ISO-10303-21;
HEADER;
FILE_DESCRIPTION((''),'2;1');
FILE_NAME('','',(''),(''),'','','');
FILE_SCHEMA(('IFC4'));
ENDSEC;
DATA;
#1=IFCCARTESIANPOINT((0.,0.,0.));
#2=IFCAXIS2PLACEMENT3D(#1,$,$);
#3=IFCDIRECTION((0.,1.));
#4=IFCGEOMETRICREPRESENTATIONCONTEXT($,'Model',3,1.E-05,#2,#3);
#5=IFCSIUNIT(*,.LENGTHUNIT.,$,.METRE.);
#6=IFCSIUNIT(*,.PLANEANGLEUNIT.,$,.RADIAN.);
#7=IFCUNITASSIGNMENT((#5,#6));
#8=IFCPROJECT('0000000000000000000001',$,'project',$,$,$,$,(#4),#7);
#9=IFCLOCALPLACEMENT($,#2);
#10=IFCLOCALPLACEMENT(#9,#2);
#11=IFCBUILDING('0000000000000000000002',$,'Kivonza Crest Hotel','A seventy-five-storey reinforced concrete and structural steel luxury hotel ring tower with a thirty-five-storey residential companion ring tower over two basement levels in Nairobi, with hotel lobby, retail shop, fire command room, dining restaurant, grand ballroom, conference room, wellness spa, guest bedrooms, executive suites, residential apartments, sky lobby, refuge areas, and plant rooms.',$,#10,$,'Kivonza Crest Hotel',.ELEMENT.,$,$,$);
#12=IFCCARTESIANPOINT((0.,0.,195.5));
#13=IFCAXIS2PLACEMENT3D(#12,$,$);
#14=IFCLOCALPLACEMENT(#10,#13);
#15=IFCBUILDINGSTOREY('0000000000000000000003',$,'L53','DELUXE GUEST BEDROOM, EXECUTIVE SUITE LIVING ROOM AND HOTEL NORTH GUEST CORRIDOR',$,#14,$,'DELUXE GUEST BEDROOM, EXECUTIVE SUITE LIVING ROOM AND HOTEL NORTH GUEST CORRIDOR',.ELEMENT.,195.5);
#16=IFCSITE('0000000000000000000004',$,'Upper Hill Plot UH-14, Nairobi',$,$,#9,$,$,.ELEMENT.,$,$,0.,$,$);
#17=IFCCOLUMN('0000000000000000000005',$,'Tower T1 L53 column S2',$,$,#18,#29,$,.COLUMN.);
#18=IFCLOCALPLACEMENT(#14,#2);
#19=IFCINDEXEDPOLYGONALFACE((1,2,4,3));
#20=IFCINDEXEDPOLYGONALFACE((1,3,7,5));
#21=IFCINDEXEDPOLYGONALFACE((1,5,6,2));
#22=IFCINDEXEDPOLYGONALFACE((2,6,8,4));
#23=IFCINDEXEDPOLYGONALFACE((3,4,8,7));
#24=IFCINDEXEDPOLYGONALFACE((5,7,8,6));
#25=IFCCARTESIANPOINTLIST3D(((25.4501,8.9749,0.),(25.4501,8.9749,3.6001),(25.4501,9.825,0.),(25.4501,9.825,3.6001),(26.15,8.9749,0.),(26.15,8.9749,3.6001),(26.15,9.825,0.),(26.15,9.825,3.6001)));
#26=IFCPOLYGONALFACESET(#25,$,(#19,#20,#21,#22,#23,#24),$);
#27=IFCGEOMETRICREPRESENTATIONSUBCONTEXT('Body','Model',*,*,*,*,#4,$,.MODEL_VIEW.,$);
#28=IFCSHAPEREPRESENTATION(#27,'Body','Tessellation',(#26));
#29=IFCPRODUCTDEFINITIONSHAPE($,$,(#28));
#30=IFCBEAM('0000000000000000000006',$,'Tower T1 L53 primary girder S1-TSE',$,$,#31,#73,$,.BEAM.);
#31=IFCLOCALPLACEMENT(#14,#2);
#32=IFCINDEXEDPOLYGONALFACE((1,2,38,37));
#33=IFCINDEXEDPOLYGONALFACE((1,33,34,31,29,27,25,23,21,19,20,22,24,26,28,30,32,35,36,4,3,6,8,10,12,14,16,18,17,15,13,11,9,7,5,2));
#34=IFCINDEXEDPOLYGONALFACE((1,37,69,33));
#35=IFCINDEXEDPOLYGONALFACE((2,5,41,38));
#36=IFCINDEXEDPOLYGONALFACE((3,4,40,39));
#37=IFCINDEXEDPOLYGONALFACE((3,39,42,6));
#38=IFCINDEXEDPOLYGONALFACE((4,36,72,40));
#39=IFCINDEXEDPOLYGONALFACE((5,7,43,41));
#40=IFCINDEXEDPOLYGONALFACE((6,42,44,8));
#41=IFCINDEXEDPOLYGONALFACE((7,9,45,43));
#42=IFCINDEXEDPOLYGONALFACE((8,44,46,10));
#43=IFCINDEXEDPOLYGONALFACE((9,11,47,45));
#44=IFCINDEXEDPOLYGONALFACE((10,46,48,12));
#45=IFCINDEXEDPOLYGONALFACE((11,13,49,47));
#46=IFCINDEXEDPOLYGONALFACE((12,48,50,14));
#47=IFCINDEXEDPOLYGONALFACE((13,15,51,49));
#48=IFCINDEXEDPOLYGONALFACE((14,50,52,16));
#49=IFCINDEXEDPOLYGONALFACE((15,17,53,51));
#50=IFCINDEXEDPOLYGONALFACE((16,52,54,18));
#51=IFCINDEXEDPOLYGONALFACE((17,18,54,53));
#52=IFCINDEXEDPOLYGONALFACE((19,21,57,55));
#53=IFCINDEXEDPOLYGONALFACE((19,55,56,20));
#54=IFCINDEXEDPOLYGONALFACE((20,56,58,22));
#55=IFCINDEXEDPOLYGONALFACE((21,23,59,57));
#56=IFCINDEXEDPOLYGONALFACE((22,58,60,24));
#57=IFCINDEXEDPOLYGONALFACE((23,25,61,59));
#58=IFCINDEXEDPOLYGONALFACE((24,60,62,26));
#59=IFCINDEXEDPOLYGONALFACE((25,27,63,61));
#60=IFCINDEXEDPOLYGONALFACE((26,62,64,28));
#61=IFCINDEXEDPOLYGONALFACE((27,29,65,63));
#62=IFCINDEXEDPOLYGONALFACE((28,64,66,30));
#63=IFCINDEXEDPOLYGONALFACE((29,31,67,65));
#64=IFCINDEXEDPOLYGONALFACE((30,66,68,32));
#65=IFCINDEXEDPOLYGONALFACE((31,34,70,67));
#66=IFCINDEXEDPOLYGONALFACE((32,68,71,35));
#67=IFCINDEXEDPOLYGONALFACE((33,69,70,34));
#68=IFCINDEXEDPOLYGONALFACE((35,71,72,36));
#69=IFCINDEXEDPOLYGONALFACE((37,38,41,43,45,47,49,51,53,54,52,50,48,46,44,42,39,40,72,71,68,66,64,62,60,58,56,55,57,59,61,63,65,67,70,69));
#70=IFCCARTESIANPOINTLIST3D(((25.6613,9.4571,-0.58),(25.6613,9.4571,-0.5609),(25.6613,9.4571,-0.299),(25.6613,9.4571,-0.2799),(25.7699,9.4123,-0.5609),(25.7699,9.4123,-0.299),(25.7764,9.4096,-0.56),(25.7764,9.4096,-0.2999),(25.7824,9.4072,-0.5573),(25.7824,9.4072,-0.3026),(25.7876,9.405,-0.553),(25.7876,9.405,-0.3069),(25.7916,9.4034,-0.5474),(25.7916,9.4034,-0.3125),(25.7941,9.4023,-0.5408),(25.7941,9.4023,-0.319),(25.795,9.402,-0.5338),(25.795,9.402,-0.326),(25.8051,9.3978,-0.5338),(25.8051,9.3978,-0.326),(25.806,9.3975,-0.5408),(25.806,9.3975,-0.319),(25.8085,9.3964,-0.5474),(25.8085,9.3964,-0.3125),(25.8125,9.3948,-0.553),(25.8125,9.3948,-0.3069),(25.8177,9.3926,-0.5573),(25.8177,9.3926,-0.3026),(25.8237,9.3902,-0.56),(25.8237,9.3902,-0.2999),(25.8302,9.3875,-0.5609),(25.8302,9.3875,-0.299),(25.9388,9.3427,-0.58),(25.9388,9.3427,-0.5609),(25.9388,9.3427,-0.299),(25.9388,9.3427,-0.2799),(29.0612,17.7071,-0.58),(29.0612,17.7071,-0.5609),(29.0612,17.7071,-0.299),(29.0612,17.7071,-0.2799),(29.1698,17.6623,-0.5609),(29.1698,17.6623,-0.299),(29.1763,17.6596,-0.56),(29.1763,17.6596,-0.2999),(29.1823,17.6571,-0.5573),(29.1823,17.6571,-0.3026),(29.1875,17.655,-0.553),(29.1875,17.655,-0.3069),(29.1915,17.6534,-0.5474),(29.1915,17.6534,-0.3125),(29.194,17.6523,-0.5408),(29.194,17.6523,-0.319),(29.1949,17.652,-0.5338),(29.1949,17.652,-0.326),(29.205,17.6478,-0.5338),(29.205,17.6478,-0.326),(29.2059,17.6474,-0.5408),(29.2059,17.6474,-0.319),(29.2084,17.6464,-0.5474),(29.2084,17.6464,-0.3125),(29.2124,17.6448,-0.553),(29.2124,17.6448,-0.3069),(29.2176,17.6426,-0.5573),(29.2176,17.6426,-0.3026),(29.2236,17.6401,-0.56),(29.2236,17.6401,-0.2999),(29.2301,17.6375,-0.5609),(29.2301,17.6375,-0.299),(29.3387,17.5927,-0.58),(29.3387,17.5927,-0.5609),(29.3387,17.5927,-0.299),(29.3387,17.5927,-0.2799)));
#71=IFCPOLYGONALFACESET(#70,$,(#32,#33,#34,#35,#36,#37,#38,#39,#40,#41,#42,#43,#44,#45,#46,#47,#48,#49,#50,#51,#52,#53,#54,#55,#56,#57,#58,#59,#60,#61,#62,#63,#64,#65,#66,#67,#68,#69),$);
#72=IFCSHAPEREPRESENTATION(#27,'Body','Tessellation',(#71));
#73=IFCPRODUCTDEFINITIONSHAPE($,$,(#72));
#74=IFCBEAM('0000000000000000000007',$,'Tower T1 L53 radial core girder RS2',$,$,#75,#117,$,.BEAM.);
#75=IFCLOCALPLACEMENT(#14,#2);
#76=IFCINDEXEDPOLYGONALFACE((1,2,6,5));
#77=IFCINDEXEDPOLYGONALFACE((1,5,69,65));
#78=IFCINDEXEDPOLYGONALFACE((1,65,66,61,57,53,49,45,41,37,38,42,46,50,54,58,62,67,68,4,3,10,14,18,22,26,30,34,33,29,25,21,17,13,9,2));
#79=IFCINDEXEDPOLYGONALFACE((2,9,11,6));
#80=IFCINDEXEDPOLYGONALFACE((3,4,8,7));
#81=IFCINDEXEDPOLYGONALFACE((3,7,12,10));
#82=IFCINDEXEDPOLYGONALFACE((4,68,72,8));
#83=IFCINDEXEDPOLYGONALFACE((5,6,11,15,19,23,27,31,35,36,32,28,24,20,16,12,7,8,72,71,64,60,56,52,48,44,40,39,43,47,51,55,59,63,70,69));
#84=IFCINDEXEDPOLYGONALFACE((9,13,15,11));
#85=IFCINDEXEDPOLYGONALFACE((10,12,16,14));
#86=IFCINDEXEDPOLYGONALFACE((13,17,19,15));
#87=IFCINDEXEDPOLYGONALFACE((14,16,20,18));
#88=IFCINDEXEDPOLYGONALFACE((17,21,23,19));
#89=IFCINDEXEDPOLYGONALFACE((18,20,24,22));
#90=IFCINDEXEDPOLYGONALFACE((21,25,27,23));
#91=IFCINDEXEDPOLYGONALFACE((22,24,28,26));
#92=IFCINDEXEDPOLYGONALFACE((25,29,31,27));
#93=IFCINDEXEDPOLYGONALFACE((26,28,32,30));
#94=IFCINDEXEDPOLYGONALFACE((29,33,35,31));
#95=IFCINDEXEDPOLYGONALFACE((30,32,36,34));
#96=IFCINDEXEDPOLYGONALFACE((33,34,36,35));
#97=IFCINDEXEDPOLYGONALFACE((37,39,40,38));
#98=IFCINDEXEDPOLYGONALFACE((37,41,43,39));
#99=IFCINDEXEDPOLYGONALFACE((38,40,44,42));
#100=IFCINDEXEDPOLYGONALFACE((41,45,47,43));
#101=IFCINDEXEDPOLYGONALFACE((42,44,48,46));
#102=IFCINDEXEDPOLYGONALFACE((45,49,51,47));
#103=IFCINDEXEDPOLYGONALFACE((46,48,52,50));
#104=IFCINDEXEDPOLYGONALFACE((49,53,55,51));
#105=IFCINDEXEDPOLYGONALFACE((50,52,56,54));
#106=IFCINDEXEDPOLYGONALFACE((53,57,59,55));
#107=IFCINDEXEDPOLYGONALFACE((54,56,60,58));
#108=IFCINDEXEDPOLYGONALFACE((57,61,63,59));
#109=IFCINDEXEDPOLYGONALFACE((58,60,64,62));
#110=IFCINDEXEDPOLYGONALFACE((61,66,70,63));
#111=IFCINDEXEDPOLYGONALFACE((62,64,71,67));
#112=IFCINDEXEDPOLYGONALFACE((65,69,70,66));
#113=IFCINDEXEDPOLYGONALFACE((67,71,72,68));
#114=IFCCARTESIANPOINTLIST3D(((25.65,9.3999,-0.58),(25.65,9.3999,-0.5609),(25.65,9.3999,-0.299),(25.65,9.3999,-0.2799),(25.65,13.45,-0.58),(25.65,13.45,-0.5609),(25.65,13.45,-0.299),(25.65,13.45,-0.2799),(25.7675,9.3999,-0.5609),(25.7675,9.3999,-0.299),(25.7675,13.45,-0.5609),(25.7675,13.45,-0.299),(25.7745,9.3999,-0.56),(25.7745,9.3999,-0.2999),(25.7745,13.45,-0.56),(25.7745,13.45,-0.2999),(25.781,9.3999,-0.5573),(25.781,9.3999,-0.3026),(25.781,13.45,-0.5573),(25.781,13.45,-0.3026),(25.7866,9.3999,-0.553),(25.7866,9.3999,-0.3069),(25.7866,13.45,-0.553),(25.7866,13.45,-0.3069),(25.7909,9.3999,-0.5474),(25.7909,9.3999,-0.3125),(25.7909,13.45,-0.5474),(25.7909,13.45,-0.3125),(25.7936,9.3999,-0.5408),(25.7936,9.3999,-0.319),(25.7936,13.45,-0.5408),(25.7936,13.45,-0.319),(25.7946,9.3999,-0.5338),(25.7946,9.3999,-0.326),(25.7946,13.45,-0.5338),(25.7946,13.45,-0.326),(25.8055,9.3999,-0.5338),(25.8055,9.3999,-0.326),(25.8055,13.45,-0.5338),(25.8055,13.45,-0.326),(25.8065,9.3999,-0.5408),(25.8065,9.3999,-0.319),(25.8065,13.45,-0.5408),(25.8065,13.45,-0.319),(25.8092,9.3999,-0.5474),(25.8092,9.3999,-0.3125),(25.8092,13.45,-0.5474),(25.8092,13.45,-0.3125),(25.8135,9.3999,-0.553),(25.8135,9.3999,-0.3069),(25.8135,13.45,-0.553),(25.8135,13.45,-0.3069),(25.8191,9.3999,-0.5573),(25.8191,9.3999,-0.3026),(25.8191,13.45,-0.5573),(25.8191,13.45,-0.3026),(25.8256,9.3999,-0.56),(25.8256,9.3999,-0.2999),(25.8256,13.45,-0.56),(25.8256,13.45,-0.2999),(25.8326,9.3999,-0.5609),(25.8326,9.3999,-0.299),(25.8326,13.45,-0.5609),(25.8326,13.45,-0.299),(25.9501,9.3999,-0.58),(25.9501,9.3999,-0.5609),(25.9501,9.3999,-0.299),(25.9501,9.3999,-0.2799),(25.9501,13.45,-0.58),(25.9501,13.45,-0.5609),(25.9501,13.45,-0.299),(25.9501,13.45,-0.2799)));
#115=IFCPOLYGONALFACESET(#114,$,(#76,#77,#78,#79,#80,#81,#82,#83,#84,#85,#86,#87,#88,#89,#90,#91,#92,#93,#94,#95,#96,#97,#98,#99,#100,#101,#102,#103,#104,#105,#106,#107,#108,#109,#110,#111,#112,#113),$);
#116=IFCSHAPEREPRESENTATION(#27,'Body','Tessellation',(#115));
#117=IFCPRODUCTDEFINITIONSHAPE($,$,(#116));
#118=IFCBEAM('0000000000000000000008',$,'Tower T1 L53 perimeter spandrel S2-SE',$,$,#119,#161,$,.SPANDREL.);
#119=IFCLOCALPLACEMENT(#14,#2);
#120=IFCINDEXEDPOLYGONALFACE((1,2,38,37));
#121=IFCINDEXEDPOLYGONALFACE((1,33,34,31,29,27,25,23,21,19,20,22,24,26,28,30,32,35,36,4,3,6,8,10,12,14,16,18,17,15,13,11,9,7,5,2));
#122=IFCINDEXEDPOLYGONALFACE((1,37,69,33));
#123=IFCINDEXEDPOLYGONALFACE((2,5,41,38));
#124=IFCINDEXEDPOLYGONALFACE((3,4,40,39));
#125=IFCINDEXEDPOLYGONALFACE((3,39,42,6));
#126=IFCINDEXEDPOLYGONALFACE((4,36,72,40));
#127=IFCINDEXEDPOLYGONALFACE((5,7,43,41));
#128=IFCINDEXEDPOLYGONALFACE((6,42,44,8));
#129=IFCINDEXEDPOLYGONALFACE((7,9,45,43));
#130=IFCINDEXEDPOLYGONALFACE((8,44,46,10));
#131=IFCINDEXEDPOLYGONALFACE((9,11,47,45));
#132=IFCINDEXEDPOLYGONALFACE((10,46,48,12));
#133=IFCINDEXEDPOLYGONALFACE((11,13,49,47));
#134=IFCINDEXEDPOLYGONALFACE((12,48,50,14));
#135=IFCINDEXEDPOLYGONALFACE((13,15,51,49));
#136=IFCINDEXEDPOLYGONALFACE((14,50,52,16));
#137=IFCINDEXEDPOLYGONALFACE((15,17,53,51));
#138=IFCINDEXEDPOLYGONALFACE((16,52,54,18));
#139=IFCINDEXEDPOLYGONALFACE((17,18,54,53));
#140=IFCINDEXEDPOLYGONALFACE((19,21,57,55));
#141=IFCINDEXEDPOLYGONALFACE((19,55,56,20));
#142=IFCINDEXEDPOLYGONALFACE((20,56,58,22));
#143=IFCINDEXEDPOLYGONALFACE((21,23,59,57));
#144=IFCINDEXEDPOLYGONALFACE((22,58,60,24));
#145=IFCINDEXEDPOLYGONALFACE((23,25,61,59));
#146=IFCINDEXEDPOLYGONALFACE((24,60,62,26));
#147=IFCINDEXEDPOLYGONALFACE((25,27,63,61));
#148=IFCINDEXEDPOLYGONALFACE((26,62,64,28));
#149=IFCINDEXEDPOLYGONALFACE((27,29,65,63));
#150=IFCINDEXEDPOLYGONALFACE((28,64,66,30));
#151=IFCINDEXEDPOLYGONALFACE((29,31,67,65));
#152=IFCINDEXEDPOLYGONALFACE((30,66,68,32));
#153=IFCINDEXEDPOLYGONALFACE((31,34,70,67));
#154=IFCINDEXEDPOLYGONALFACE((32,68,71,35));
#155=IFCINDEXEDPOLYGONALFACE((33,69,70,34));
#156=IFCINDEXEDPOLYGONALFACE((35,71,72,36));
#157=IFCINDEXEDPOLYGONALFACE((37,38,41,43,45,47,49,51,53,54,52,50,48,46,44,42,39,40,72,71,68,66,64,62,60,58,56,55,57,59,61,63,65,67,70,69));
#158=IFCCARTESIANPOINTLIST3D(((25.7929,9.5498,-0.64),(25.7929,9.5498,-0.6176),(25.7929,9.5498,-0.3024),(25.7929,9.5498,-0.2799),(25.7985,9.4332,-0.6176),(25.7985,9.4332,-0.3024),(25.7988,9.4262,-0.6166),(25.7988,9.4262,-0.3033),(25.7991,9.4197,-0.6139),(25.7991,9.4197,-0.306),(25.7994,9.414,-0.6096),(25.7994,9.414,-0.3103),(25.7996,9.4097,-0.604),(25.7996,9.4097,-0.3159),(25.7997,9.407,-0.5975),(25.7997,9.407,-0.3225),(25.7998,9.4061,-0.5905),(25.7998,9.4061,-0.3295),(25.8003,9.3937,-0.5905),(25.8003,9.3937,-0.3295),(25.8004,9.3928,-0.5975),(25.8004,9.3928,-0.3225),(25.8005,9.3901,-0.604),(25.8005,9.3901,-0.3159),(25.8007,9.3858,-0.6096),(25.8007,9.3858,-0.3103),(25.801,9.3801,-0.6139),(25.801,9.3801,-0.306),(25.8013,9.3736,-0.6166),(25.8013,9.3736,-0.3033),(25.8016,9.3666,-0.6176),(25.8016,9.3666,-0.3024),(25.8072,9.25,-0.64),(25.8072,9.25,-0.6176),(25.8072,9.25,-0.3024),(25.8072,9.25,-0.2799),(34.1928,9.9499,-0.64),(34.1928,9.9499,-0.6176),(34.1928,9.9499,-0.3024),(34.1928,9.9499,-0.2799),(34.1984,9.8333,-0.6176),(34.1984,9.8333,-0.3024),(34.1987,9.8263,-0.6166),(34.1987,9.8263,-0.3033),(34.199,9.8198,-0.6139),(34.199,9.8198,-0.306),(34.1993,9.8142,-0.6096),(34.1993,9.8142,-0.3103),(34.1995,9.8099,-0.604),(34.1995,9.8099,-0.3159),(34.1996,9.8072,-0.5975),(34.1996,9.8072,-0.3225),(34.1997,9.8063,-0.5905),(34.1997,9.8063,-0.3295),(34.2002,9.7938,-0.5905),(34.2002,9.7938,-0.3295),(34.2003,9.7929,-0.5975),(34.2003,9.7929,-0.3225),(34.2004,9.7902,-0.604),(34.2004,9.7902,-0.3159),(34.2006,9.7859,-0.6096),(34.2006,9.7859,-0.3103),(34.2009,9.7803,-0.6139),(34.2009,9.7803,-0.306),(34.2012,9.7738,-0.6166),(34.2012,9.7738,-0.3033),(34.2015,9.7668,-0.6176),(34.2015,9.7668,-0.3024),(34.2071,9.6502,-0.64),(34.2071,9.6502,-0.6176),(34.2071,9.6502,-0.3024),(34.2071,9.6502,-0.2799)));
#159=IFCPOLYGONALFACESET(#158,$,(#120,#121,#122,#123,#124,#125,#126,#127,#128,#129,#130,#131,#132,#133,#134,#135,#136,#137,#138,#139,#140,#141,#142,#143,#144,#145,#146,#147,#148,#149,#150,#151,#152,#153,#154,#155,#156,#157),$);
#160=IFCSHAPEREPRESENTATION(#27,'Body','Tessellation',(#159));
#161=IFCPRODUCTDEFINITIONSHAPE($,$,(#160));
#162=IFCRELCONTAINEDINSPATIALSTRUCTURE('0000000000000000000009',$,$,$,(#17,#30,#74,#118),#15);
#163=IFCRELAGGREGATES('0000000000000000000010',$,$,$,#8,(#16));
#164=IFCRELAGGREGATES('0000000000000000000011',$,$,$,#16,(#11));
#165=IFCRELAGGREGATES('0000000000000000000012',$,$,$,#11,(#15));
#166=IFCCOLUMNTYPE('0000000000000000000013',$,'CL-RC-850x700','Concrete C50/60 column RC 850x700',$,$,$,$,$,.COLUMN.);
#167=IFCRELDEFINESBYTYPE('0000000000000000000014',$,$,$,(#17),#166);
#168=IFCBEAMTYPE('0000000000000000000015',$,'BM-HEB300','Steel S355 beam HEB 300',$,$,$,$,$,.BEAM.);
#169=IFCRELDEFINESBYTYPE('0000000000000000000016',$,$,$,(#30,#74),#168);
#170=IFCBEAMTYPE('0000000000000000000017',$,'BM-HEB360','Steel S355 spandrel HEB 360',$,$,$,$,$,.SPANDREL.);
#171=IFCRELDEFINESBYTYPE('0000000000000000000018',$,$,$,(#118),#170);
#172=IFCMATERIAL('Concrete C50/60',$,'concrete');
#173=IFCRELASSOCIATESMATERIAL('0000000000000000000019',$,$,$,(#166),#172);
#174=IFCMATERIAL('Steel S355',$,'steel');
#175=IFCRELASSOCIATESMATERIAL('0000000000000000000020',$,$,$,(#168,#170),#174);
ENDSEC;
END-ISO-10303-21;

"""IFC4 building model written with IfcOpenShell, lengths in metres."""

from ifc_helpers import new_model, si_unit, direction, frame, origin, origin_2d, place, context, subcontext, project, spatial, rectangle, i_section, extrude, material, material_profile, profile_set, type_object, element, save


model = new_model("IFC4")

# Units and contexts
model_context = context("Model", 3, precision=1e-05, world=origin(), true_north=direction((0.0, 1.0)))
body_context = subcontext(model_context, "Body", "Model", "MODEL_VIEW")
ifc_project = project(units=[si_unit("LENGTHUNIT", "METRE"), si_unit("PLANEANGLEUNIT", "RADIAN")], contexts=[model_context])

# Site, building, storey
site_placement = place(None, origin())
site = spatial("IfcSite", under=ifc_project, at=site_placement, Name="Upper Hill Plot UH-14, Nairobi", CompositionType="ELEMENT", RefElevation=0.0)
building_placement = place(site_placement, origin())
building = spatial("IfcBuilding", under=site, at=building_placement, Name="Kivonza Crest Hotel", Description="A seventy-five-storey reinforced concrete and structural steel luxury hotel ring tower with a thirty-five-storey residential companion ring tower over two basement levels in Nairobi, with hotel lobby, retail shop, fire command room, dining restaurant, grand ballroom, conference room, wellness spa, guest bedrooms, executive suites, residential apartments, sky lobby, refuge areas, and plant rooms.", LongName="Kivonza Crest Hotel", CompositionType="ELEMENT")
storey_placement = place(building_placement, frame((0.0, 0.0, 195.5)))
storey = spatial("IfcBuildingStorey", under=building, at=storey_placement, Name="L53", Description="DELUXE GUEST BEDROOM, EXECUTIVE SUITE LIVING ROOM AND HOTEL NORTH GUEST CORRIDOR", LongName="DELUXE GUEST BEDROOM, EXECUTIVE SUITE LIVING ROOM AND HOTEL NORTH GUEST CORRIDOR", CompositionType="ELEMENT", Elevation=195.5)

# Column
ifc_material_1 = material(Name="Concrete C50/60", Category="concrete")
ifc_material_profile_1 = material_profile(ifc_material_1, rectangle(XDim=0.7, YDim=0.8501, at=origin_2d()), Name="RC 850x700")
ifc_profile_set_1 = profile_set([ifc_material_profile_1], Name="Concrete C50/60")
column_type = type_object("IfcColumnType", Name="CL-RC-850x700", Description="Concrete C50/60 column RC 850x700", PredefinedType="COLUMN", material=ifc_profile_set_1)
column_placement = place(storey_placement, frame((25.8, 9.3999, 0.0), z_axis=(0.0, 0.0, 1.0), x_axis=(1.0, 0.0, 0.0)))
element("IfcColumn", 1, at=column_placement, inside=storey, type_object=column_type, Name="Tower T1 L53 column S2", PredefinedType="COLUMN", context=body_context, shape_type="SweptSolid", body=[
    extrude(rectangle(XDim=0.7, YDim=0.8501, at=origin_2d()), origin(), (0.0, 0.0, 1.0), 3.6001),
])

# Beams
ifc_material_2 = material(Name="Steel S355", Category="steel")
ifc_material_profile_2 = material_profile(ifc_material_2, i_section(OverallWidth=0.3, OverallDepth=0.3, WebThickness=0.011, FlangeThickness=0.019, FilletRadius=0.0271, at=origin_2d()), Name="HEB 300")
ifc_profile_set_2 = profile_set([ifc_material_profile_2], Name="Steel S355")
beam_type_1 = type_object("IfcBeamType", Name="BM-HEB300", Description="Steel S355 beam HEB 300", PredefinedType="BEAM", material=ifc_profile_set_2)
beam_1_placement = place(storey_placement, frame((25.8, 9.3999, -0.4299), z_axis=(0.381022, 0.924566, 0.0), x_axis=(-0.924566, 0.381022, 0.0)))
element("IfcBeam", 2, at=beam_1_placement, inside=storey, type_object=beam_type_1, Name="Tower T1 L53 primary girder S1-TSE", PredefinedType="BEAM", context=body_context, shape_type="SweptSolid", body=[
    extrude(i_section(OverallWidth=0.3, OverallDepth=0.3, WebThickness=0.011, FlangeThickness=0.019, FilletRadius=0.0271, at=origin_2d()), origin(), (0.0, 0.0, 1.0), 8.9231),
])
beam_2_placement = place(storey_placement, frame((25.8, 9.3999, -0.4299), z_axis=(0.0, 1.0, 0.0), x_axis=(-1.0, 0.0, 0.0)))
element("IfcBeam", 3, at=beam_2_placement, inside=storey, type_object=beam_type_1, Name="Tower T1 L53 radial core girder RS2", PredefinedType="BEAM", context=body_context, shape_type="SweptSolid", body=[
    extrude(i_section(OverallWidth=0.3, OverallDepth=0.3, WebThickness=0.011, FlangeThickness=0.019, FilletRadius=0.0271, at=origin_2d()), origin(), (0.0, 0.0, 1.0), 4.05),
])
ifc_material_profile_3 = material_profile(ifc_material_2, i_section(OverallWidth=0.3, OverallDepth=0.3601, WebThickness=0.0125, FlangeThickness=0.0225, FilletRadius=0.0271, at=origin_2d()), Name="HEB 360")
ifc_profile_set_3 = profile_set([ifc_material_profile_3], Name="Steel S355")
beam_type_2 = type_object("IfcBeamType", Name="BM-HEB360", Description="Steel S355 spandrel HEB 360", PredefinedType="SPANDREL", material=ifc_profile_set_3)
beam_3_placement = place(storey_placement, frame((25.8, 9.3999, -0.46), z_axis=(0.998867, 0.047583, 0.0), x_axis=(-0.047583, 0.998867, 0.0)))
element("IfcBeam", 4, at=beam_3_placement, inside=storey, type_object=beam_type_2, Name="Tower T1 L53 perimeter spandrel S2-SE", PredefinedType="SPANDREL", context=body_context, shape_type="SweptSolid", body=[
    extrude(i_section(OverallWidth=0.3, OverallDepth=0.3601, WebThickness=0.0125, FlangeThickness=0.0225, FilletRadius=0.0271, at=origin_2d()), origin(), (0.0, 0.0, 1.0), 8.4094),
])

save(model, "model.ifc")
